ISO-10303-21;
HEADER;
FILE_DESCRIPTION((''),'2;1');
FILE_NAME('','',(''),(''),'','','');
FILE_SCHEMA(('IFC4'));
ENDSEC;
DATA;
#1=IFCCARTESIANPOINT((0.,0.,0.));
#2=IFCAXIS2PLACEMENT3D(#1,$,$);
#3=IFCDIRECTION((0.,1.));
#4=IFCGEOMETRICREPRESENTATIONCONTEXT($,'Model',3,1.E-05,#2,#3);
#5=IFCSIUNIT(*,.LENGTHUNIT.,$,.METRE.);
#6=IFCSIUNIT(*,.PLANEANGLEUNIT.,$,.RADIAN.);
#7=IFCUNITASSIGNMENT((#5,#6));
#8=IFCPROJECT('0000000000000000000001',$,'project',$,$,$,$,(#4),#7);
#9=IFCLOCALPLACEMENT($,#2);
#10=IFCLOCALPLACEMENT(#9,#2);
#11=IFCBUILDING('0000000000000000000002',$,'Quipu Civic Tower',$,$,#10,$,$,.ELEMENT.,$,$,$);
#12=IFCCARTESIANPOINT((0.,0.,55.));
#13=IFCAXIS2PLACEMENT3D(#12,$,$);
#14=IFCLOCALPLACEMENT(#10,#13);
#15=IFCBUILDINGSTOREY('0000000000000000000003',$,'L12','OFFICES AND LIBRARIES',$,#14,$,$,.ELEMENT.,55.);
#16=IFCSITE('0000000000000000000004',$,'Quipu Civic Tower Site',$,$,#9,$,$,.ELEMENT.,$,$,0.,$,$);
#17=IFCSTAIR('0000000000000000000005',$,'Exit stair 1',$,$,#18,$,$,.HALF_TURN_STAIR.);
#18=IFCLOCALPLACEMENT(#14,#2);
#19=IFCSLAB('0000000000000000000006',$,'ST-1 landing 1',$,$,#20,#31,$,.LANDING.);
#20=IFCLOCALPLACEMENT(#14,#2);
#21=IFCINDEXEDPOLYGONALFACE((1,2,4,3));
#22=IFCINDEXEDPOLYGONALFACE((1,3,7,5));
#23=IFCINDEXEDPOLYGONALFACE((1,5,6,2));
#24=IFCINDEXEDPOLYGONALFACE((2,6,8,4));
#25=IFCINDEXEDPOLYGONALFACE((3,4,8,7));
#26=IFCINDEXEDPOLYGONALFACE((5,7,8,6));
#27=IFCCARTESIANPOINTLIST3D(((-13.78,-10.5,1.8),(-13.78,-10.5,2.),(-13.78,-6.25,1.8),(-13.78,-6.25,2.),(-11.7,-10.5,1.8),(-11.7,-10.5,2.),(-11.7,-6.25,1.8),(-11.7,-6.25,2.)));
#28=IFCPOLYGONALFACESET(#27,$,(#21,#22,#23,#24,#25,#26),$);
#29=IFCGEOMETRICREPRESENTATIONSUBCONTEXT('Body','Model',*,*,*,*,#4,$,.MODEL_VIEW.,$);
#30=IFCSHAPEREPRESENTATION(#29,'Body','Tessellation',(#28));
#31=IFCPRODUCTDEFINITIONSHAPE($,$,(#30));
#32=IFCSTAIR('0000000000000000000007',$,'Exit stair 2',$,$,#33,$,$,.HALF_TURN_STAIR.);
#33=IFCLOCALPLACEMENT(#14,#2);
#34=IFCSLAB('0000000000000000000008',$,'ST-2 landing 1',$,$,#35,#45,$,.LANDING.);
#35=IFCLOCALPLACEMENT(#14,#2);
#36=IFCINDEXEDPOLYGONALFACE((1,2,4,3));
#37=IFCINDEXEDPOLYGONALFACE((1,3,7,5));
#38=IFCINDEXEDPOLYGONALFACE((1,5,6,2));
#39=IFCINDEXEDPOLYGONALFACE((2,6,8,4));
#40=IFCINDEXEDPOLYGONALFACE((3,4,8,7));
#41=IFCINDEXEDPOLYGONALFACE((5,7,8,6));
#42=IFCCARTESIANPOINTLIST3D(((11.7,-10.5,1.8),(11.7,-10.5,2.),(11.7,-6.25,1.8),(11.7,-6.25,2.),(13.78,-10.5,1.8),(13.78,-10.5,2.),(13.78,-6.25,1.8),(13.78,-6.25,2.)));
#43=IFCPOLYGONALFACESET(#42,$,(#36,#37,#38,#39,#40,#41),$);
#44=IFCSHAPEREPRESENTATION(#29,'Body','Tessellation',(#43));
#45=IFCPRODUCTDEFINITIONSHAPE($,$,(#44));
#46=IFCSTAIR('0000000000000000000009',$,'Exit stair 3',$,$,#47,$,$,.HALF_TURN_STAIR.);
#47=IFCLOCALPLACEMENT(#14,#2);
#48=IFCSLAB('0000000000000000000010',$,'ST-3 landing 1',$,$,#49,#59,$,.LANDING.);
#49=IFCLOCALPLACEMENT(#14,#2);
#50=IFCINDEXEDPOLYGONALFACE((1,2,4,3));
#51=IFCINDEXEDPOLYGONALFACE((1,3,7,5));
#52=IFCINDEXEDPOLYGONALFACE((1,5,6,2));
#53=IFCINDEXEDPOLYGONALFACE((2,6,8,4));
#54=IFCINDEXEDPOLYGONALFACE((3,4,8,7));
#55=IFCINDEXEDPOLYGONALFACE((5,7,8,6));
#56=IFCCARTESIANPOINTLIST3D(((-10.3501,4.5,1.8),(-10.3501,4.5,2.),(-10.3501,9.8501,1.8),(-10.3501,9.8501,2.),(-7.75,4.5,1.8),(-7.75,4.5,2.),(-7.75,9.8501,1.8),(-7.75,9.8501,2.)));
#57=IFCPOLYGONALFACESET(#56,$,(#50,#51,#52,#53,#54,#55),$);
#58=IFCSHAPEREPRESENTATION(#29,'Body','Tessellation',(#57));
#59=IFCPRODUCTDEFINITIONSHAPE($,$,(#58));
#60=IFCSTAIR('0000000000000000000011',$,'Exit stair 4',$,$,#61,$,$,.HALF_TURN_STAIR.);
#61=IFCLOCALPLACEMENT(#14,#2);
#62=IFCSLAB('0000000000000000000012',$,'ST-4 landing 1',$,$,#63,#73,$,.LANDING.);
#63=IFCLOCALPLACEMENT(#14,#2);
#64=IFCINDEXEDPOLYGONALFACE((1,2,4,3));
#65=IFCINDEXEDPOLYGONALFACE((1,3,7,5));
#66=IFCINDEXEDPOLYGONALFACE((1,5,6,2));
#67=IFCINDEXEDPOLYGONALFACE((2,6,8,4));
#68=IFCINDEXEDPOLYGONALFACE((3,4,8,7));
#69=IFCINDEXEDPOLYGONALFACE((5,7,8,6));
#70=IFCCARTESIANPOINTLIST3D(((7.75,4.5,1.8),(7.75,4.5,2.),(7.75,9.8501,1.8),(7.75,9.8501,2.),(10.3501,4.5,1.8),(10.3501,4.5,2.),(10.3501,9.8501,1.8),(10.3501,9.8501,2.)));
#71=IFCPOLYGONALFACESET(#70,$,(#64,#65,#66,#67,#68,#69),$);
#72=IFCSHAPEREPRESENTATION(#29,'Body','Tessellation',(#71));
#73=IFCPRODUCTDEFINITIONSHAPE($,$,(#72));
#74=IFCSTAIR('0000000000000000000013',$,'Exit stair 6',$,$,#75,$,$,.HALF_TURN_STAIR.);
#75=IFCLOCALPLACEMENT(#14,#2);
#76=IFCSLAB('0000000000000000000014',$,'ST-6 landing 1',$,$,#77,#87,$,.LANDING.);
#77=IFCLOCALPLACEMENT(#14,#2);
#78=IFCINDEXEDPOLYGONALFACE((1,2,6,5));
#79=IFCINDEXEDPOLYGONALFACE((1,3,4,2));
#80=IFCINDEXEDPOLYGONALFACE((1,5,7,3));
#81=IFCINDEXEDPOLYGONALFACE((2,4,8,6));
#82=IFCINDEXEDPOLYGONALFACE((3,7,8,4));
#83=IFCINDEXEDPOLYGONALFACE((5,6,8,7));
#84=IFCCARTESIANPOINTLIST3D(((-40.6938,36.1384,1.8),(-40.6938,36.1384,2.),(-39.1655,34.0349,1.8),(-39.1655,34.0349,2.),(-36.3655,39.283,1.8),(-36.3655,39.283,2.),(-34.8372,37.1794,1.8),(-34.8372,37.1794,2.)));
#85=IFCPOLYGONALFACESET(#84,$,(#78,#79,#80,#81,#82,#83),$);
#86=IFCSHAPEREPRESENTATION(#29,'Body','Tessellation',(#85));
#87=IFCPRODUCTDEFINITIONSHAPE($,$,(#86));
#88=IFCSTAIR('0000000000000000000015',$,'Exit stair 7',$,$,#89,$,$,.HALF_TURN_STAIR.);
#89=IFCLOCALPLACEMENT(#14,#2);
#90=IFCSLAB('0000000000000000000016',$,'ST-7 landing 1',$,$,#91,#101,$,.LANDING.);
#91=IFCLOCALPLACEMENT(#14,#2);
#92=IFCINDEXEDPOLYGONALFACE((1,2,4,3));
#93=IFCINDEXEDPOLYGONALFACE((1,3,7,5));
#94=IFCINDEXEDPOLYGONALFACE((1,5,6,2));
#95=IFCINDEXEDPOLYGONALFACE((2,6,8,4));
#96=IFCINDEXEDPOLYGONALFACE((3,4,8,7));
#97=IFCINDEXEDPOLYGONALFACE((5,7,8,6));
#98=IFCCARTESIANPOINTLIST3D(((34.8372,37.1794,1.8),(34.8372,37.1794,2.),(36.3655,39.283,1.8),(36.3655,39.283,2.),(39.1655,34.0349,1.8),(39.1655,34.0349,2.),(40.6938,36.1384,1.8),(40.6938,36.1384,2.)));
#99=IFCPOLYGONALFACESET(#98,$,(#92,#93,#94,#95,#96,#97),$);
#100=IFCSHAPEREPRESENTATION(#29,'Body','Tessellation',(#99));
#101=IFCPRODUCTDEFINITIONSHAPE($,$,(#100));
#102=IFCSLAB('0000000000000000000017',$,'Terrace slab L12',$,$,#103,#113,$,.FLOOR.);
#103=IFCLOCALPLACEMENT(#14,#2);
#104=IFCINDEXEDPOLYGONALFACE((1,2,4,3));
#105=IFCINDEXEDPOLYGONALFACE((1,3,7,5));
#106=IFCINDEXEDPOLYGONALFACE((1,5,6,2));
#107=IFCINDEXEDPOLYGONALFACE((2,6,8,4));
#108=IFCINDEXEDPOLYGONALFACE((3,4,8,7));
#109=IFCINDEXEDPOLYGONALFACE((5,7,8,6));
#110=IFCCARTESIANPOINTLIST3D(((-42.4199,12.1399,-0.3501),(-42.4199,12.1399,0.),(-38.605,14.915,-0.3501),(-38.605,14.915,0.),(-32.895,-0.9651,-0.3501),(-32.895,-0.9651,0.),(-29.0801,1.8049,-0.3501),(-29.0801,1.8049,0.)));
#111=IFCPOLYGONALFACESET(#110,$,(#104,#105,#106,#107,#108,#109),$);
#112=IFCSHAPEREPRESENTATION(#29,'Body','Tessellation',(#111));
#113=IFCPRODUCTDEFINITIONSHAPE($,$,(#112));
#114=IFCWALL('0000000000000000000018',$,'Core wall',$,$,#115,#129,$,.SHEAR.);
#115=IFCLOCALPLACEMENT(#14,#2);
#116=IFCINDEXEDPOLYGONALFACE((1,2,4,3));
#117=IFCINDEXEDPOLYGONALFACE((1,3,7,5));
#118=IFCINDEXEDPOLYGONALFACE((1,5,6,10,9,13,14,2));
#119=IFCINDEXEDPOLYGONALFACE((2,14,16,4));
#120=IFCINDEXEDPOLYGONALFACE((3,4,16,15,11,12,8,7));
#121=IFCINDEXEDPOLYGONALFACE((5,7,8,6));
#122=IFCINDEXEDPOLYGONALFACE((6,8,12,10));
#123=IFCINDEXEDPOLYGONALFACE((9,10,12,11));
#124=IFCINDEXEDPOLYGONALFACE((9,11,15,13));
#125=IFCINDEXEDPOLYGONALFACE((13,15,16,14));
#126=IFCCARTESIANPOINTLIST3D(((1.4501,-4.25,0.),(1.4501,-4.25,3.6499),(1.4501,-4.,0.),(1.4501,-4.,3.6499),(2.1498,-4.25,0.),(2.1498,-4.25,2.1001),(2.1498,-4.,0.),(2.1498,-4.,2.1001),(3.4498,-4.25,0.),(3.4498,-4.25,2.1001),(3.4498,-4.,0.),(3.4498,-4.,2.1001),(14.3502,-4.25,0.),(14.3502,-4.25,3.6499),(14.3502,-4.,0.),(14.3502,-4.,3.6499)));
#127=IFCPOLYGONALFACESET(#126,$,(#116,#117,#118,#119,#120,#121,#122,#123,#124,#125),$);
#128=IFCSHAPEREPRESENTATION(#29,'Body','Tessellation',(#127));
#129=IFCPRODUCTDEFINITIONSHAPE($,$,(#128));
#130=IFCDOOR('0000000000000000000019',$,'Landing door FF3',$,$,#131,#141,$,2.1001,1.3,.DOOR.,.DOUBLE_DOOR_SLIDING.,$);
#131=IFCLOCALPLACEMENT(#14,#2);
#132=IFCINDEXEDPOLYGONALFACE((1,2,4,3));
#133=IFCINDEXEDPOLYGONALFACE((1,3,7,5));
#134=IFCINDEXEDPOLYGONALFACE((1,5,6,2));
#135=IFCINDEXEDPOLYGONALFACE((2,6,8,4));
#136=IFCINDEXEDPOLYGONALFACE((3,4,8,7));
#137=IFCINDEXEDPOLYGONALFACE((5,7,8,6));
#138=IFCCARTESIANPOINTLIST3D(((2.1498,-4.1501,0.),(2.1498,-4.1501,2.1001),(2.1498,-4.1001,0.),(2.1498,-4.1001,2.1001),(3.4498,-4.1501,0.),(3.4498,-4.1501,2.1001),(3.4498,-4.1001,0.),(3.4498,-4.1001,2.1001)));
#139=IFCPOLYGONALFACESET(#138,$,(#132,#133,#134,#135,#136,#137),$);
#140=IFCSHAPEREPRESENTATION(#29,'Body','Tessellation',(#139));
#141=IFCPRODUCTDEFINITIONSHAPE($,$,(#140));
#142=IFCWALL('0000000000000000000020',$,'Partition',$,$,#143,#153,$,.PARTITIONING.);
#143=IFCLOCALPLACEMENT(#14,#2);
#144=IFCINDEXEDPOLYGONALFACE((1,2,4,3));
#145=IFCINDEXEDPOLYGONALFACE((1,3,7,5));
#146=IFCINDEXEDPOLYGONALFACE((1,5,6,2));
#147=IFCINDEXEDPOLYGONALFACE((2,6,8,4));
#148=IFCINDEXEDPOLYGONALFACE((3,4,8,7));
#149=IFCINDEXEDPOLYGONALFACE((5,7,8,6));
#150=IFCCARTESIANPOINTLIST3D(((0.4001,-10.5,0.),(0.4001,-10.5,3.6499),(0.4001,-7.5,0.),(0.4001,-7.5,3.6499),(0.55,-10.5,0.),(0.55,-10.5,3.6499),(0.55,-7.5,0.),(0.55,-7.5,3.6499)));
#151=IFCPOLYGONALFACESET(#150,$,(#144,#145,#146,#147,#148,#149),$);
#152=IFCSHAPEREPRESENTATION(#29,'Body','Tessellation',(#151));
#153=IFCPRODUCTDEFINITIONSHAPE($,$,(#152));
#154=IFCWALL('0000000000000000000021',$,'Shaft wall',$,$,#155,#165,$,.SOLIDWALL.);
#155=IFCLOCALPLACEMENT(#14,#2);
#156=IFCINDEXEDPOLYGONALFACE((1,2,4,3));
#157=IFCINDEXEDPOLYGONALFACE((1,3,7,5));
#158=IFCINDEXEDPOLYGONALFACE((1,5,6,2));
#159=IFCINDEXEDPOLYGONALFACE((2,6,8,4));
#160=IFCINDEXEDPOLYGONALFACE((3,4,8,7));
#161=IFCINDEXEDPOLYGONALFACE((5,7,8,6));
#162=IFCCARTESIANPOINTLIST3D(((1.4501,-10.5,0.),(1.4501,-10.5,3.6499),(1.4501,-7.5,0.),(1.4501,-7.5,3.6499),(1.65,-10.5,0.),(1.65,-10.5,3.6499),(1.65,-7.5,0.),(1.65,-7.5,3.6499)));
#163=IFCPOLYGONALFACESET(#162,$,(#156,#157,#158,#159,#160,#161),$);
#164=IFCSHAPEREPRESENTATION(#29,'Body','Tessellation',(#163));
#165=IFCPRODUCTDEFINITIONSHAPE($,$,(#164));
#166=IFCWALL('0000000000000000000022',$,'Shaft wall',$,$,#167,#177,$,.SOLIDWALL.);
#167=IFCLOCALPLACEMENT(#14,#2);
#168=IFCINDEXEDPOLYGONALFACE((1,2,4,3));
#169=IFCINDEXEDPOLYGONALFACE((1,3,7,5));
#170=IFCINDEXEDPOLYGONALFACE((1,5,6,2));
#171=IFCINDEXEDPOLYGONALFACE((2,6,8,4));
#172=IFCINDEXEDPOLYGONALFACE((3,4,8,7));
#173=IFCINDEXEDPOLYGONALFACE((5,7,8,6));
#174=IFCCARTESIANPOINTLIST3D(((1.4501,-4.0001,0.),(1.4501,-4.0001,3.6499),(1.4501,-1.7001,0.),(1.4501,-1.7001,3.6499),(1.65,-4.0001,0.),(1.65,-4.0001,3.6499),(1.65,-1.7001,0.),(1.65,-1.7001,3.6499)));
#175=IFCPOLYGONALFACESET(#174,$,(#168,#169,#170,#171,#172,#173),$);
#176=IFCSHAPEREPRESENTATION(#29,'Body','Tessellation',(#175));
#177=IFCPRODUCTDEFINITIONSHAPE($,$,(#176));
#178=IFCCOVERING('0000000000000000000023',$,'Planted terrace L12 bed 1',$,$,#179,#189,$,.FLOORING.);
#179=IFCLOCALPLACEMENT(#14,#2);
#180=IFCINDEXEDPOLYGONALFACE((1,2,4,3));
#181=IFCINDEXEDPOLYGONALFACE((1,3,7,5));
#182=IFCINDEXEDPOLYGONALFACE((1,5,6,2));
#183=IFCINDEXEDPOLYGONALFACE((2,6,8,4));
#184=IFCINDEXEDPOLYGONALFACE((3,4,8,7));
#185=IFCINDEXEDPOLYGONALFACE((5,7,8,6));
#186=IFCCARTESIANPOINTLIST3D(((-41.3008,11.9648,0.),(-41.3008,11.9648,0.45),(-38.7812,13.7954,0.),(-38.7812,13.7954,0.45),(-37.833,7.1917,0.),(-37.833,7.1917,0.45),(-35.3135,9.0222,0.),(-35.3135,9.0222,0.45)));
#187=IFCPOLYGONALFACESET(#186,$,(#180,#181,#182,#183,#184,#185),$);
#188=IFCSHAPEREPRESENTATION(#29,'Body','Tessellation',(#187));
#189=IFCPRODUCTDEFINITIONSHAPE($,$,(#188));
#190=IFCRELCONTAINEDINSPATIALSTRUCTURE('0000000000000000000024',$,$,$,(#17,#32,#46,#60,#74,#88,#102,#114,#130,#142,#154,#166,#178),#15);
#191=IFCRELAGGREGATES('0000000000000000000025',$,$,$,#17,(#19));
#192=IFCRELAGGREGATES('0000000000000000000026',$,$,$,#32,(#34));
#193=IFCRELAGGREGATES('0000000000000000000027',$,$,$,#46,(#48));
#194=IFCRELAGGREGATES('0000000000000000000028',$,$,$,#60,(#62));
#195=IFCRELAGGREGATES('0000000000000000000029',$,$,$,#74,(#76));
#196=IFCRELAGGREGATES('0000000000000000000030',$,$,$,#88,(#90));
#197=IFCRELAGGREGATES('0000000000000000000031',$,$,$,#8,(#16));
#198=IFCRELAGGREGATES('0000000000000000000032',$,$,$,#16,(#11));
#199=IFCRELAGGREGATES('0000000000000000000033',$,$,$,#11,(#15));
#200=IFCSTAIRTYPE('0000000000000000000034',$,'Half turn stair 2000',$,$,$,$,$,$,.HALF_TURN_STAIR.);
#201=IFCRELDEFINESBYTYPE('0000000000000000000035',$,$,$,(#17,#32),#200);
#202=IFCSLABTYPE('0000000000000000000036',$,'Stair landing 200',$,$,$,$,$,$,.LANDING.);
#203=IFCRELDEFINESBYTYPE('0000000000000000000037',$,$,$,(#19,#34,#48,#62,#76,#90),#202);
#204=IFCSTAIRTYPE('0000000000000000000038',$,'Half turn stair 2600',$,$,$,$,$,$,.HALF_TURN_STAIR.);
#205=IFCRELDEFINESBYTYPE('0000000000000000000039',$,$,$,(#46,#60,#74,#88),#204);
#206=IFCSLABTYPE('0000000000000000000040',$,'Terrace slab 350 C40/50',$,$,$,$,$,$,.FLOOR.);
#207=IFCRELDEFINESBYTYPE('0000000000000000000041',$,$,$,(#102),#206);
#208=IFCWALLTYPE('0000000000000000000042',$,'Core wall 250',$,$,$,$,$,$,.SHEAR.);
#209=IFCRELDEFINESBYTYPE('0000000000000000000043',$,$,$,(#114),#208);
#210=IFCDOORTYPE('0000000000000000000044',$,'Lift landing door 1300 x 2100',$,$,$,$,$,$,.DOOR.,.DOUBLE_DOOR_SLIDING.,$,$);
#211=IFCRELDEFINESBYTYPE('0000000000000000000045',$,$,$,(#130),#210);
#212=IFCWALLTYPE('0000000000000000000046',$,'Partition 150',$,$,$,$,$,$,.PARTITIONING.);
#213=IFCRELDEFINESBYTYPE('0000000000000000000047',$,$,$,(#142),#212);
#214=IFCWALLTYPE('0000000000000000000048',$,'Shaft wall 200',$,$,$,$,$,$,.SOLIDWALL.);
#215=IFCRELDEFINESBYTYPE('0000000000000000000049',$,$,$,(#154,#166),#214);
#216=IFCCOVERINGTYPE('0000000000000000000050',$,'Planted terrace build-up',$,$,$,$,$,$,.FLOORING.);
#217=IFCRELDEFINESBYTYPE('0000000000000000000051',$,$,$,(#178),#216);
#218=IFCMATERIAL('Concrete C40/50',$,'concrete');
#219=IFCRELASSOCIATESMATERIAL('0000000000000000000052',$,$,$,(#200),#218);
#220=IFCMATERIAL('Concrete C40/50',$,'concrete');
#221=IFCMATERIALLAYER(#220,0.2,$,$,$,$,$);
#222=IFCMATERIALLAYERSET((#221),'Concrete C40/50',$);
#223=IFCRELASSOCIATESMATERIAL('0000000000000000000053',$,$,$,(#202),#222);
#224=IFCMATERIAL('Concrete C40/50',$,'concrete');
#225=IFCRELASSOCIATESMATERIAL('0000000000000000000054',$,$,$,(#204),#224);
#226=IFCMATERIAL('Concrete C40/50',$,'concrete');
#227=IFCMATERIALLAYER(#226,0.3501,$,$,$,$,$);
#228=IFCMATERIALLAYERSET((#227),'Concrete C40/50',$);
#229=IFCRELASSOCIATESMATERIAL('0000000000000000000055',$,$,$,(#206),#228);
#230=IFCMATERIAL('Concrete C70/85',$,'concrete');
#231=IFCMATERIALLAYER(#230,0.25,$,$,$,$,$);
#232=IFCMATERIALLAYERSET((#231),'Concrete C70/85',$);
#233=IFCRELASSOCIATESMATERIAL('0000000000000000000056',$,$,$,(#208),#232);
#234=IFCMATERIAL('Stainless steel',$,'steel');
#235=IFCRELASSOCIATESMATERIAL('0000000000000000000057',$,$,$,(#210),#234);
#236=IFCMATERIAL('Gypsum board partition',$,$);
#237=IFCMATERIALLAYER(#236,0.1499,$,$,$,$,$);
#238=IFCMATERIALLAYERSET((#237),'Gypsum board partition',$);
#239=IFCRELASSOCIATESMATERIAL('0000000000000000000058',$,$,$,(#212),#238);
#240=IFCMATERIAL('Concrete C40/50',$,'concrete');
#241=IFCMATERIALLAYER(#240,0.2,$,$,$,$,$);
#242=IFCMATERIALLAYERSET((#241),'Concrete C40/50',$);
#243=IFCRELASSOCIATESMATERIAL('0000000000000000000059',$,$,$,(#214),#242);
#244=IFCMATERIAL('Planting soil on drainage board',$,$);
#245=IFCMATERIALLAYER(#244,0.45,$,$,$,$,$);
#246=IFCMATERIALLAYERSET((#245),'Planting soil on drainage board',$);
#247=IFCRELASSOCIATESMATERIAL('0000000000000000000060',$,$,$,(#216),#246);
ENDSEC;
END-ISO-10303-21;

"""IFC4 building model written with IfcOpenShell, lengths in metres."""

from ifc_helpers import new_model, si_unit, direction, frame, frame_2d, origin, place, context, subcontext, project, spatial, polyline, rectangle, outline, extrude, material, layer, layer_set, type_object, element, fill, aggregate, save


model = new_model("IFC4")

# Units and contexts
model_context = context("Model", 3, precision=1e-05, world=origin(), true_north=direction((0.0, 1.0)))
body_context = subcontext(model_context, "Body", "Model", "MODEL_VIEW")
ifc_project = project(units=[si_unit("LENGTHUNIT", "METRE"), si_unit("PLANEANGLEUNIT", "RADIAN")], contexts=[model_context])

# Site, building, storey
site_placement = place(None, origin())
site = spatial("IfcSite", under=ifc_project, at=site_placement, Name="Quipu Civic Tower Site", CompositionType="ELEMENT", RefElevation=0.0)
building_placement = place(site_placement, origin())
building = spatial("IfcBuilding", under=site, at=building_placement, Name="Quipu Civic Tower", CompositionType="ELEMENT")
storey_placement = place(building_placement, frame((0.0, 0.0, 55.0)))
storey = spatial("IfcBuildingStorey", under=building, at=storey_placement, Name="L12", Description="OFFICES AND LIBRARIES", CompositionType="ELEMENT", Elevation=55.0)

# Stairs, slabs
ifc_material_1 = material(Name="Concrete C40/50", Category="concrete")
stair_type_1 = type_object("IfcStairType", Name="Half turn stair 2000", PredefinedType="HALF_TURN_STAIR", material=ifc_material_1)
stair_1_placement = place(storey_placement, origin())
stair_1 = element("IfcStair", 1, at=stair_1_placement, inside=storey, type_object=stair_type_1, Name="Exit stair 1", PredefinedType="HALF_TURN_STAIR")
ifc_material_2 = material(Name="Concrete C40/50", Category="concrete")
ifc_layer_1 = layer(ifc_material_2, 0.2)
ifc_layer_set_1 = layer_set([ifc_layer_1], Name="Concrete C40/50")
slab_type_1 = type_object("IfcSlabType", Name="Stair landing 200", PredefinedType="LANDING", material=ifc_layer_set_1)
slab_1_placement = place(storey_placement, frame((0.0, 0.0, 1.8)))
slab_1 = element("IfcSlab", 2, at=slab_1_placement, type_object=slab_type_1, Name="ST-1 landing 1", PredefinedType="LANDING", context=body_context, shape_type="SweptSolid", body=[
    extrude(outline(polyline([(-13.78, -10.5), (-11.7, -10.5), (-11.7, -6.25), (-13.78, -6.25), (-13.78, -10.5)])), origin(), (0.0, 0.0, 1.0), 0.2),
])
aggregate(stair_1, [slab_1])
stair_2_placement = place(storey_placement, origin())
stair_2 = element("IfcStair", 3, at=stair_2_placement, inside=storey, type_object=stair_type_1, Name="Exit stair 2", PredefinedType="HALF_TURN_STAIR")
slab_2_placement = place(storey_placement, frame((0.0, 0.0, 1.8)))
slab_2 = element("IfcSlab", 4, at=slab_2_placement, type_object=slab_type_1, Name="ST-2 landing 1", PredefinedType="LANDING", context=body_context, shape_type="SweptSolid", body=[
    extrude(outline(polyline([(13.78, -6.25), (11.7, -6.25), (11.7, -10.5), (13.78, -10.5), (13.78, -6.25)])), origin(), (0.0, 0.0, 1.0), 0.2),
])
aggregate(stair_2, [slab_2])
ifc_material_3 = material(Name="Concrete C40/50", Category="concrete")
stair_type_2 = type_object("IfcStairType", Name="Half turn stair 2600", PredefinedType="HALF_TURN_STAIR", material=ifc_material_3)
stair_3_placement = place(storey_placement, origin())
stair_3 = element("IfcStair", 5, at=stair_3_placement, inside=storey, type_object=stair_type_2, Name="Exit stair 3", PredefinedType="HALF_TURN_STAIR")
slab_3_placement = place(storey_placement, frame((0.0, 0.0, 1.8)))
slab_3 = element("IfcSlab", 6, at=slab_3_placement, type_object=slab_type_1, Name="ST-3 landing 1", PredefinedType="LANDING", context=body_context, shape_type="SweptSolid", body=[
    extrude(outline(polyline([(-10.3501, 4.5), (-7.75, 4.5), (-7.75, 9.8501), (-10.3501, 9.8501), (-10.3501, 4.5)])), origin(), (0.0, 0.0, 1.0), 0.2),
])
aggregate(stair_3, [slab_3])
stair_4_placement = place(storey_placement, origin())
stair_4 = element("IfcStair", 7, at=stair_4_placement, inside=storey, type_object=stair_type_2, Name="Exit stair 4", PredefinedType="HALF_TURN_STAIR")
slab_4_placement = place(storey_placement, frame((0.0, 0.0, 1.8)))
slab_4 = element("IfcSlab", 8, at=slab_4_placement, type_object=slab_type_1, Name="ST-4 landing 1", PredefinedType="LANDING", context=body_context, shape_type="SweptSolid", body=[
    extrude(outline(polyline([(10.3501, 9.8501), (7.75, 9.8501), (7.75, 4.5), (10.3501, 4.5), (10.3501, 9.8501)])), origin(), (0.0, 0.0, 1.0), 0.2),
])
aggregate(stair_4, [slab_4])
stair_5_placement = place(storey_placement, origin())
stair_5 = element("IfcStair", 9, at=stair_5_placement, inside=storey, type_object=stair_type_2, Name="Exit stair 6", PredefinedType="HALF_TURN_STAIR")
slab_5_placement = place(storey_placement, frame((0.0, 0.0, 1.8)))
slab_5 = element("IfcSlab", 10, at=slab_5_placement, type_object=slab_type_1, Name="ST-6 landing 1", PredefinedType="LANDING", context=body_context, shape_type="SweptSolid", body=[
    extrude(outline(polyline([(-34.8372, 37.1794), (-36.3655, 39.283), (-40.6938, 36.1384), (-39.1655, 34.0349), (-34.8372, 37.1794)])), origin(), (0.0, 0.0, 1.0), 0.2),
])
aggregate(stair_5, [slab_5])
stair_6_placement = place(storey_placement, origin())
stair_6 = element("IfcStair", 11, at=stair_6_placement, inside=storey, type_object=stair_type_2, Name="Exit stair 7", PredefinedType="HALF_TURN_STAIR")
slab_6_placement = place(storey_placement, frame((0.0, 0.0, 1.8)))
slab_6 = element("IfcSlab", 12, at=slab_6_placement, type_object=slab_type_1, Name="ST-7 landing 1", PredefinedType="LANDING", context=body_context, shape_type="SweptSolid", body=[
    extrude(outline(polyline([(39.1655, 34.0349), (40.6938, 36.1384), (36.3655, 39.283), (34.8372, 37.1794), (39.1655, 34.0349)])), origin(), (0.0, 0.0, 1.0), 0.2),
])
aggregate(stair_6, [slab_6])

# Slab
ifc_material_4 = material(Name="Concrete C40/50", Category="concrete")
ifc_layer_2 = layer(ifc_material_4, 0.3501)
ifc_layer_set_2 = layer_set([ifc_layer_2], Name="Concrete C40/50")
slab_type_2 = type_object("IfcSlabType", Name="Terrace slab 350 C40/50", PredefinedType="FLOOR", material=ifc_layer_set_2)
slab_7_placement = place(storey_placement, frame((0.0, 0.0, -0.3501)))
element("IfcSlab", 13, at=slab_7_placement, inside=storey, type_object=slab_type_2, Name="Terrace slab L12", PredefinedType="FLOOR", context=body_context, shape_type="SweptSolid", body=[
    extrude(outline(polyline([(-38.605, 14.915), (-29.0801, 1.8049), (-32.895, -0.9651), (-42.4199, 12.1399), (-38.605, 14.915)])), origin(), (0.0, 0.0, 1.0), 0.3501),
])

# Wall, opening, door
ifc_material_5 = material(Name="Concrete C70/85", Category="concrete")
ifc_layer_3 = layer(ifc_material_5, 0.25)
ifc_layer_set_3 = layer_set([ifc_layer_3], Name="Concrete C70/85")
wall_type_1 = type_object("IfcWallType", Name="Core wall 250", PredefinedType="SHEAR", material=ifc_layer_set_3)
wall_1_placement = place(storey_placement, frame((1.45, -4.125, 0.0), z_axis=(0.0, 0.0, 1.0), x_axis=(1.0, 0.0, 0.0)))
wall_1 = element("IfcWall", 14, at=wall_1_placement, inside=storey, type_object=wall_type_1, Name="Core wall", PredefinedType="SHEAR", context=body_context, shape_type="SweptSolid", body=[
    extrude(rectangle(XDim=12.9001, YDim=0.25, at=frame_2d((6.4502, 0.0))), origin(), (0.0, 0.0, 1.0), 3.6499),
])
opening_placement = place(wall_1_placement, frame((0.7, 0.0, 0.0)))
opening = element("IfcOpeningElement", 15, at=opening_placement, cuts=wall_1, PredefinedType="OPENING", context=body_context, shape_type="SweptSolid", body=[
    extrude(rectangle(XDim=1.3, YDim=2.1001, at=frame_2d((0.6499, 1.05))), frame((0.0, 0.135, 0.0), z_axis=(0.0, -1.0, 0.0), x_axis=(1.0, 0.0, 0.0)), (0.0, 0.0, 1.0), 0.27),
])
ifc_material_6 = material(Name="Stainless steel", Category="steel")
door_type = type_object("IfcDoorType", Name="Lift landing door 1300 x 2100", OperationType="DOUBLE_DOOR_SLIDING", PredefinedType="DOOR", material=ifc_material_6)
door_placement = place(opening_placement, origin())
door = element("IfcDoor", 16, at=door_placement, inside=storey, type_object=door_type, Name="Landing door FF3", OperationType="DOUBLE_DOOR_SLIDING", OverallHeight=2.1001, OverallWidth=1.3, PredefinedType="DOOR", context=body_context, shape_type="SweptSolid", body=[
    extrude(rectangle(XDim=1.3, YDim=2.1001, at=frame_2d((0.6499, 1.05))), frame((0.0, 0.0249, 0.0), z_axis=(0.0, -1.0, 0.0), x_axis=(1.0, 0.0, 0.0)), (0.0, 0.0, 1.0), 0.05),
])
fill(opening, door)

# Walls
ifc_material_7 = material(Name="Gypsum board partition")
ifc_layer_4 = layer(ifc_material_7, 0.1499)
ifc_layer_set_4 = layer_set([ifc_layer_4], Name="Gypsum board partition")
wall_type_2 = type_object("IfcWallType", Name="Partition 150", PredefinedType="PARTITIONING", material=ifc_layer_set_4)
wall_2_placement = place(storey_placement, frame((0.4751, -10.5, 0.0), z_axis=(0.0, 0.0, 1.0), x_axis=(0.0, 1.0, 0.0)))
element("IfcWall", 17, at=wall_2_placement, inside=storey, type_object=wall_type_2, Name="Partition", PredefinedType="PARTITIONING", context=body_context, shape_type="SweptSolid", body=[
    extrude(rectangle(XDim=3.0, YDim=0.1499, at=frame_2d((1.5, 0.0))), origin(), (0.0, 0.0, 1.0), 3.6499),
])
ifc_material_8 = material(Name="Concrete C40/50", Category="concrete")
ifc_layer_5 = layer(ifc_material_8, 0.2)
ifc_layer_set_5 = layer_set([ifc_layer_5], Name="Concrete C40/50")
wall_type_3 = type_object("IfcWallType", Name="Shaft wall 200", PredefinedType="SOLIDWALL", material=ifc_layer_set_5)
wall_3_placement = place(storey_placement, frame((1.55, -10.5, 0.0), z_axis=(0.0, 0.0, 1.0), x_axis=(0.0, 1.0, 0.0)))
element("IfcWall", 18, at=wall_3_placement, inside=storey, type_object=wall_type_3, Name="Shaft wall", PredefinedType="SOLIDWALL", context=body_context, shape_type="SweptSolid", body=[
    extrude(rectangle(XDim=3.0, YDim=0.2, at=frame_2d((1.5, 0.0))), origin(), (0.0, 0.0, 1.0), 3.6499),
])
wall_4_placement = place(storey_placement, frame((1.55, -4.0, 0.0), z_axis=(0.0, 0.0, 1.0), x_axis=(0.0, 1.0, 0.0)))
element("IfcWall", 19, at=wall_4_placement, inside=storey, type_object=wall_type_3, Name="Shaft wall", PredefinedType="SOLIDWALL", context=body_context, shape_type="SweptSolid", body=[
    extrude(rectangle(XDim=2.3, YDim=0.2, at=frame_2d((1.1499, 0.0))), origin(), (0.0, 0.0, 1.0), 3.6499),
])

# Covering
ifc_material_9 = material(Name="Planting soil on drainage board")
ifc_layer_6 = layer(ifc_material_9, 0.45)
ifc_layer_set_6 = layer_set([ifc_layer_6], Name="Planting soil on drainage board")
covering_type_1 = type_object("IfcCoveringType", Name="Planted terrace build-up", PredefinedType="FLOORING", material=ifc_layer_set_6)
covering_1_placement = place(storey_placement, origin())
element("IfcCovering", 20, at=covering_1_placement, inside=storey, type_object=covering_type_1, Name="Planted terrace L12 bed 1", PredefinedType="FLOORING", context=body_context, shape_type="SweptSolid", body=[
    extrude(outline(polyline([(-41.3008, 11.9648), (-38.7812, 13.7954), (-35.3135, 9.0222), (-37.833, 7.1917), (-41.3008, 11.9648)])), origin(), (0.0, 0.0, 1.0), 0.45),
])

save(model, "model.ifc")
